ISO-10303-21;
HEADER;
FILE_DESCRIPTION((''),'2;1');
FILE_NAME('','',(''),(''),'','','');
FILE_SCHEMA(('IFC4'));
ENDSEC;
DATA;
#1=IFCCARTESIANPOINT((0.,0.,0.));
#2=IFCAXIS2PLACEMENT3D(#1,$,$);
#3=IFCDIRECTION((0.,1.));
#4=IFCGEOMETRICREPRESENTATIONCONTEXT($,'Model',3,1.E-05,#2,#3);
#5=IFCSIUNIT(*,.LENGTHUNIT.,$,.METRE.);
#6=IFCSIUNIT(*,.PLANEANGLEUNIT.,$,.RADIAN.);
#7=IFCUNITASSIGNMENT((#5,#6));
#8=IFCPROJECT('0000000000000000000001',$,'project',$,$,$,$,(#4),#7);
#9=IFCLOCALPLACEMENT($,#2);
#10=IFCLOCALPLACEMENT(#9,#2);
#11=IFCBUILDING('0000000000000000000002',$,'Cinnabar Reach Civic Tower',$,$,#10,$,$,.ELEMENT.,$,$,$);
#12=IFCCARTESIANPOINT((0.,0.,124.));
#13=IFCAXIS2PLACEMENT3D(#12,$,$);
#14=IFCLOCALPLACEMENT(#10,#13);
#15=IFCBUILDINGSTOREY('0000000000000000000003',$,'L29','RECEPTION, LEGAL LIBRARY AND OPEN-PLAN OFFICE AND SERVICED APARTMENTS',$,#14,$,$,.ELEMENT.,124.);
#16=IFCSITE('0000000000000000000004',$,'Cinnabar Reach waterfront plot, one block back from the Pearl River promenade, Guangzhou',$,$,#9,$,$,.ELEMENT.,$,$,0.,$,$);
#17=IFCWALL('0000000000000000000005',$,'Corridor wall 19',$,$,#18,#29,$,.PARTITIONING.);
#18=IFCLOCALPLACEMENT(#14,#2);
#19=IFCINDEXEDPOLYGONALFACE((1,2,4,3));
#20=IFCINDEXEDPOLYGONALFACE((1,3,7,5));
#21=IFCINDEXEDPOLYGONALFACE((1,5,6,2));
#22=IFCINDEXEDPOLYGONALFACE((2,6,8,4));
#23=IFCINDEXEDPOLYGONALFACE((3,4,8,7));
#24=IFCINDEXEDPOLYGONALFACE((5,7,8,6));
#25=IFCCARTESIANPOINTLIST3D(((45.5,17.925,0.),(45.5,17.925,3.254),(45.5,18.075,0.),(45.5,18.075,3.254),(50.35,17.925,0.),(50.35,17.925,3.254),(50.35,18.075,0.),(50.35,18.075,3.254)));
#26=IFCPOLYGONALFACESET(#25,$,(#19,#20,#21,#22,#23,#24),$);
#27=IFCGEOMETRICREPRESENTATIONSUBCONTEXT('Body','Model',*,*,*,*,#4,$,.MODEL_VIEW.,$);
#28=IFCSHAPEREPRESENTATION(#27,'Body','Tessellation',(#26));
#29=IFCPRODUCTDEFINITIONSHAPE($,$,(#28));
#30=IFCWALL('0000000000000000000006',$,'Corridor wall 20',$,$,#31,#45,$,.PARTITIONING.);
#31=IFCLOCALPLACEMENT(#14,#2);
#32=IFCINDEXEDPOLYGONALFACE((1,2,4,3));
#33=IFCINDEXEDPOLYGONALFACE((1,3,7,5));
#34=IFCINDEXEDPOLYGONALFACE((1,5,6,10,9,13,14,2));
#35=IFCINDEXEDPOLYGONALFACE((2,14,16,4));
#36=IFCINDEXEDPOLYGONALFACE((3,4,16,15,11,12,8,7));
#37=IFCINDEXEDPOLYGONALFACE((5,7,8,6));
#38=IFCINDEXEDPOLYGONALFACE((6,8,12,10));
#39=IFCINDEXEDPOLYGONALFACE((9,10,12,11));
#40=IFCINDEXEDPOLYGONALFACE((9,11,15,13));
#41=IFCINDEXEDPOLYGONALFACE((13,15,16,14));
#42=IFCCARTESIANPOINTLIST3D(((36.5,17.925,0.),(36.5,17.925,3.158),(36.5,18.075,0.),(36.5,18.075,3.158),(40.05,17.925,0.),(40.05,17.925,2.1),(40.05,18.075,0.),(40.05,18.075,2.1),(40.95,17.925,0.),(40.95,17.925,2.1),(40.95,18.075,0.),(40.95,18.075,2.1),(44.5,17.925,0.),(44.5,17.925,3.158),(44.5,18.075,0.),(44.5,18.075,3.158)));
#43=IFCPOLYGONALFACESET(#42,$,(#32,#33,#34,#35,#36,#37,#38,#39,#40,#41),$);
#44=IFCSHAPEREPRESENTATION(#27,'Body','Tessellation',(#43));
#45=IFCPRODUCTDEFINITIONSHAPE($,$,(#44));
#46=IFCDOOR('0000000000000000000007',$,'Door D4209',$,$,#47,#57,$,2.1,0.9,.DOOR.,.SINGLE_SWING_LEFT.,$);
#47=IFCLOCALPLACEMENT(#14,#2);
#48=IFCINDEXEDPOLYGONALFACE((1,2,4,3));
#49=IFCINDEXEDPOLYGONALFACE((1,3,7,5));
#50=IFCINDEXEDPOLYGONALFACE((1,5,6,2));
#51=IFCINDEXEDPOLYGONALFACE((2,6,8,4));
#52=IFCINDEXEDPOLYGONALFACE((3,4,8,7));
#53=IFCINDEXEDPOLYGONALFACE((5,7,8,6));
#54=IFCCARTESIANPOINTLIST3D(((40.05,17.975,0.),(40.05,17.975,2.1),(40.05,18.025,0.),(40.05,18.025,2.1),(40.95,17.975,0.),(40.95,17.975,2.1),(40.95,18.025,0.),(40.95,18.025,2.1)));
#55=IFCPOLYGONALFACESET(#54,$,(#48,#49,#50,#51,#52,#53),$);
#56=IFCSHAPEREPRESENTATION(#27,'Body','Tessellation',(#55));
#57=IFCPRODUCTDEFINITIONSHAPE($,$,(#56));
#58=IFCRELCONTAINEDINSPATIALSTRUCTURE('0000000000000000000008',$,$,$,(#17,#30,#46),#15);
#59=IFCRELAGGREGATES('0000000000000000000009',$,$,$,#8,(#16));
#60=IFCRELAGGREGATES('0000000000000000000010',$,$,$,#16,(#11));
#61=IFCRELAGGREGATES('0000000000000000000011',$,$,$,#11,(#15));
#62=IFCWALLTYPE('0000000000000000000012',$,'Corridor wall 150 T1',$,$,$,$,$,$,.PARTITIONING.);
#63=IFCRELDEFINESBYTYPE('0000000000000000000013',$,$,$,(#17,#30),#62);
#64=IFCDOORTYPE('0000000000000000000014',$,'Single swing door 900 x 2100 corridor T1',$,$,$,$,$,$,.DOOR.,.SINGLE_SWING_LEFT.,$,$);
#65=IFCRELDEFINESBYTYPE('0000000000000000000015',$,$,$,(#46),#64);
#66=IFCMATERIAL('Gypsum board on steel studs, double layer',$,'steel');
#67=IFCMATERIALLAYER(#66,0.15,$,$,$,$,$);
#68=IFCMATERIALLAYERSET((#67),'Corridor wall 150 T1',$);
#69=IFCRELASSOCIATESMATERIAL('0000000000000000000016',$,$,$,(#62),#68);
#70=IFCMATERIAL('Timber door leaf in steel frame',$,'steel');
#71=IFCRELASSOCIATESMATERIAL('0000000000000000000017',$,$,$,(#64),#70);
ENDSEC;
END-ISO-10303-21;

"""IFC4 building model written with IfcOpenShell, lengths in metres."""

from ifc_helpers import new_model, si_unit, direction, frame, frame_2d, origin, place, context, subcontext, project, spatial, rectangle, extrude, material, layer, layer_set, type_object, element, fill, save


model = new_model("IFC4")

# Units and contexts
model_context = context("Model", 3, precision=1e-05, world=origin(), true_north=direction((0.0, 1.0)))
body_context = subcontext(model_context, "Body", "Model", "MODEL_VIEW")
ifc_project = project(units=[si_unit("LENGTHUNIT", "METRE"), si_unit("PLANEANGLEUNIT", "RADIAN")], contexts=[model_context])

# Site, building, storey
site_placement = place(None, origin())
site = spatial("IfcSite", under=ifc_project, at=site_placement, Name="Cinnabar Reach waterfront plot, one block back from the Pearl River promenade, Guangzhou", CompositionType="ELEMENT", RefElevation=0.0)
building_placement = place(site_placement, origin())
building = spatial("IfcBuilding", under=site, at=building_placement, Name="Cinnabar Reach Civic Tower", CompositionType="ELEMENT")
storey_placement = place(building_placement, frame((0.0, 0.0, 124.0)))
storey = spatial("IfcBuildingStorey", under=building, at=storey_placement, Name="L29", Description="RECEPTION, LEGAL LIBRARY AND OPEN-PLAN OFFICE AND SERVICED APARTMENTS", CompositionType="ELEMENT", Elevation=124.0)

# Wall
ifc_material_1 = material(Name="Gypsum board on steel studs, double layer", Category="steel")
ifc_layer_1 = layer(ifc_material_1, 0.15)
ifc_layer_set_1 = layer_set([ifc_layer_1], Name="Corridor wall 150 T1")
wall_type_1 = type_object("IfcWallType", Name="Corridor wall 150 T1", PredefinedType="PARTITIONING", material=ifc_layer_set_1)
wall_1_placement = place(storey_placement, frame((45.5, 18.0, 0.0), z_axis=(0.0, 0.0, 1.0), x_axis=(1.0, 0.0, 0.0)))
element("IfcWall", 1, at=wall_1_placement, inside=storey, type_object=wall_type_1, Name="Corridor wall 19", PredefinedType="PARTITIONING", context=body_context, shape_type="SweptSolid", body=[
    extrude(rectangle(XDim=4.85, YDim=0.15, at=frame_2d((2.425, 0.0))), origin(), (0.0, 0.0, 1.0), 3.254),
])

# Wall, opening, door
wall_2_placement = place(storey_placement, frame((36.5, 18.0, 0.0), z_axis=(0.0, 0.0, 1.0), x_axis=(1.0, 0.0, 0.0)))
wall_2 = element("IfcWall", 2, at=wall_2_placement, inside=storey, type_object=wall_type_1, Name="Corridor wall 20", PredefinedType="PARTITIONING", context=body_context, shape_type="SweptSolid", body=[
    extrude(rectangle(XDim=8.0, YDim=0.15, at=frame_2d((4.0, 0.0))), origin(), (0.0, 0.0, 1.0), 3.158),
])
opening_1_placement = place(wall_2_placement, frame((3.55, 0.0, 0.0)))
opening_1 = element("IfcOpeningElement", 3, at=opening_1_placement, cuts=wall_2, PredefinedType="OPENING", context=body_context, shape_type="SweptSolid", body=[
    extrude(rectangle(XDim=0.9, YDim=2.1, at=frame_2d((0.45, 1.05))), frame((0.0, 0.085, 0.0), z_axis=(0.0, -1.0, 0.0), x_axis=(1.0, 0.0, 0.0)), (0.0, 0.0, 1.0), 0.17),
])
ifc_material_2 = material(Name="Timber door leaf in steel frame", Category="steel")
door_type = type_object("IfcDoorType", Name="Single swing door 900 x 2100 corridor T1", OperationType="SINGLE_SWING_LEFT", PredefinedType="DOOR", material=ifc_material_2)
door_placement = place(opening_1_placement, frame((0.9, 0.0, 0.0), z_axis=(0.0, 0.0, 1.0), x_axis=(-1.0, 0.0, 0.0)))
door = element("IfcDoor", 4, at=door_placement, inside=storey, type_object=door_type, Name="Door D4209", OperationType="SINGLE_SWING_LEFT", OverallHeight=2.1, OverallWidth=0.9, PredefinedType="DOOR", context=body_context, shape_type="SweptSolid", body=[
    extrude(rectangle(XDim=0.9, YDim=2.1, at=frame_2d((0.45, 1.05))), frame((0.0, 0.025, 0.0), z_axis=(0.0, -1.0, 0.0), x_axis=(1.0, 0.0, 0.0)), (0.0, 0.0, 1.0), 0.05),
])
fill(opening_1, door)

save(model, "model.ifc")
